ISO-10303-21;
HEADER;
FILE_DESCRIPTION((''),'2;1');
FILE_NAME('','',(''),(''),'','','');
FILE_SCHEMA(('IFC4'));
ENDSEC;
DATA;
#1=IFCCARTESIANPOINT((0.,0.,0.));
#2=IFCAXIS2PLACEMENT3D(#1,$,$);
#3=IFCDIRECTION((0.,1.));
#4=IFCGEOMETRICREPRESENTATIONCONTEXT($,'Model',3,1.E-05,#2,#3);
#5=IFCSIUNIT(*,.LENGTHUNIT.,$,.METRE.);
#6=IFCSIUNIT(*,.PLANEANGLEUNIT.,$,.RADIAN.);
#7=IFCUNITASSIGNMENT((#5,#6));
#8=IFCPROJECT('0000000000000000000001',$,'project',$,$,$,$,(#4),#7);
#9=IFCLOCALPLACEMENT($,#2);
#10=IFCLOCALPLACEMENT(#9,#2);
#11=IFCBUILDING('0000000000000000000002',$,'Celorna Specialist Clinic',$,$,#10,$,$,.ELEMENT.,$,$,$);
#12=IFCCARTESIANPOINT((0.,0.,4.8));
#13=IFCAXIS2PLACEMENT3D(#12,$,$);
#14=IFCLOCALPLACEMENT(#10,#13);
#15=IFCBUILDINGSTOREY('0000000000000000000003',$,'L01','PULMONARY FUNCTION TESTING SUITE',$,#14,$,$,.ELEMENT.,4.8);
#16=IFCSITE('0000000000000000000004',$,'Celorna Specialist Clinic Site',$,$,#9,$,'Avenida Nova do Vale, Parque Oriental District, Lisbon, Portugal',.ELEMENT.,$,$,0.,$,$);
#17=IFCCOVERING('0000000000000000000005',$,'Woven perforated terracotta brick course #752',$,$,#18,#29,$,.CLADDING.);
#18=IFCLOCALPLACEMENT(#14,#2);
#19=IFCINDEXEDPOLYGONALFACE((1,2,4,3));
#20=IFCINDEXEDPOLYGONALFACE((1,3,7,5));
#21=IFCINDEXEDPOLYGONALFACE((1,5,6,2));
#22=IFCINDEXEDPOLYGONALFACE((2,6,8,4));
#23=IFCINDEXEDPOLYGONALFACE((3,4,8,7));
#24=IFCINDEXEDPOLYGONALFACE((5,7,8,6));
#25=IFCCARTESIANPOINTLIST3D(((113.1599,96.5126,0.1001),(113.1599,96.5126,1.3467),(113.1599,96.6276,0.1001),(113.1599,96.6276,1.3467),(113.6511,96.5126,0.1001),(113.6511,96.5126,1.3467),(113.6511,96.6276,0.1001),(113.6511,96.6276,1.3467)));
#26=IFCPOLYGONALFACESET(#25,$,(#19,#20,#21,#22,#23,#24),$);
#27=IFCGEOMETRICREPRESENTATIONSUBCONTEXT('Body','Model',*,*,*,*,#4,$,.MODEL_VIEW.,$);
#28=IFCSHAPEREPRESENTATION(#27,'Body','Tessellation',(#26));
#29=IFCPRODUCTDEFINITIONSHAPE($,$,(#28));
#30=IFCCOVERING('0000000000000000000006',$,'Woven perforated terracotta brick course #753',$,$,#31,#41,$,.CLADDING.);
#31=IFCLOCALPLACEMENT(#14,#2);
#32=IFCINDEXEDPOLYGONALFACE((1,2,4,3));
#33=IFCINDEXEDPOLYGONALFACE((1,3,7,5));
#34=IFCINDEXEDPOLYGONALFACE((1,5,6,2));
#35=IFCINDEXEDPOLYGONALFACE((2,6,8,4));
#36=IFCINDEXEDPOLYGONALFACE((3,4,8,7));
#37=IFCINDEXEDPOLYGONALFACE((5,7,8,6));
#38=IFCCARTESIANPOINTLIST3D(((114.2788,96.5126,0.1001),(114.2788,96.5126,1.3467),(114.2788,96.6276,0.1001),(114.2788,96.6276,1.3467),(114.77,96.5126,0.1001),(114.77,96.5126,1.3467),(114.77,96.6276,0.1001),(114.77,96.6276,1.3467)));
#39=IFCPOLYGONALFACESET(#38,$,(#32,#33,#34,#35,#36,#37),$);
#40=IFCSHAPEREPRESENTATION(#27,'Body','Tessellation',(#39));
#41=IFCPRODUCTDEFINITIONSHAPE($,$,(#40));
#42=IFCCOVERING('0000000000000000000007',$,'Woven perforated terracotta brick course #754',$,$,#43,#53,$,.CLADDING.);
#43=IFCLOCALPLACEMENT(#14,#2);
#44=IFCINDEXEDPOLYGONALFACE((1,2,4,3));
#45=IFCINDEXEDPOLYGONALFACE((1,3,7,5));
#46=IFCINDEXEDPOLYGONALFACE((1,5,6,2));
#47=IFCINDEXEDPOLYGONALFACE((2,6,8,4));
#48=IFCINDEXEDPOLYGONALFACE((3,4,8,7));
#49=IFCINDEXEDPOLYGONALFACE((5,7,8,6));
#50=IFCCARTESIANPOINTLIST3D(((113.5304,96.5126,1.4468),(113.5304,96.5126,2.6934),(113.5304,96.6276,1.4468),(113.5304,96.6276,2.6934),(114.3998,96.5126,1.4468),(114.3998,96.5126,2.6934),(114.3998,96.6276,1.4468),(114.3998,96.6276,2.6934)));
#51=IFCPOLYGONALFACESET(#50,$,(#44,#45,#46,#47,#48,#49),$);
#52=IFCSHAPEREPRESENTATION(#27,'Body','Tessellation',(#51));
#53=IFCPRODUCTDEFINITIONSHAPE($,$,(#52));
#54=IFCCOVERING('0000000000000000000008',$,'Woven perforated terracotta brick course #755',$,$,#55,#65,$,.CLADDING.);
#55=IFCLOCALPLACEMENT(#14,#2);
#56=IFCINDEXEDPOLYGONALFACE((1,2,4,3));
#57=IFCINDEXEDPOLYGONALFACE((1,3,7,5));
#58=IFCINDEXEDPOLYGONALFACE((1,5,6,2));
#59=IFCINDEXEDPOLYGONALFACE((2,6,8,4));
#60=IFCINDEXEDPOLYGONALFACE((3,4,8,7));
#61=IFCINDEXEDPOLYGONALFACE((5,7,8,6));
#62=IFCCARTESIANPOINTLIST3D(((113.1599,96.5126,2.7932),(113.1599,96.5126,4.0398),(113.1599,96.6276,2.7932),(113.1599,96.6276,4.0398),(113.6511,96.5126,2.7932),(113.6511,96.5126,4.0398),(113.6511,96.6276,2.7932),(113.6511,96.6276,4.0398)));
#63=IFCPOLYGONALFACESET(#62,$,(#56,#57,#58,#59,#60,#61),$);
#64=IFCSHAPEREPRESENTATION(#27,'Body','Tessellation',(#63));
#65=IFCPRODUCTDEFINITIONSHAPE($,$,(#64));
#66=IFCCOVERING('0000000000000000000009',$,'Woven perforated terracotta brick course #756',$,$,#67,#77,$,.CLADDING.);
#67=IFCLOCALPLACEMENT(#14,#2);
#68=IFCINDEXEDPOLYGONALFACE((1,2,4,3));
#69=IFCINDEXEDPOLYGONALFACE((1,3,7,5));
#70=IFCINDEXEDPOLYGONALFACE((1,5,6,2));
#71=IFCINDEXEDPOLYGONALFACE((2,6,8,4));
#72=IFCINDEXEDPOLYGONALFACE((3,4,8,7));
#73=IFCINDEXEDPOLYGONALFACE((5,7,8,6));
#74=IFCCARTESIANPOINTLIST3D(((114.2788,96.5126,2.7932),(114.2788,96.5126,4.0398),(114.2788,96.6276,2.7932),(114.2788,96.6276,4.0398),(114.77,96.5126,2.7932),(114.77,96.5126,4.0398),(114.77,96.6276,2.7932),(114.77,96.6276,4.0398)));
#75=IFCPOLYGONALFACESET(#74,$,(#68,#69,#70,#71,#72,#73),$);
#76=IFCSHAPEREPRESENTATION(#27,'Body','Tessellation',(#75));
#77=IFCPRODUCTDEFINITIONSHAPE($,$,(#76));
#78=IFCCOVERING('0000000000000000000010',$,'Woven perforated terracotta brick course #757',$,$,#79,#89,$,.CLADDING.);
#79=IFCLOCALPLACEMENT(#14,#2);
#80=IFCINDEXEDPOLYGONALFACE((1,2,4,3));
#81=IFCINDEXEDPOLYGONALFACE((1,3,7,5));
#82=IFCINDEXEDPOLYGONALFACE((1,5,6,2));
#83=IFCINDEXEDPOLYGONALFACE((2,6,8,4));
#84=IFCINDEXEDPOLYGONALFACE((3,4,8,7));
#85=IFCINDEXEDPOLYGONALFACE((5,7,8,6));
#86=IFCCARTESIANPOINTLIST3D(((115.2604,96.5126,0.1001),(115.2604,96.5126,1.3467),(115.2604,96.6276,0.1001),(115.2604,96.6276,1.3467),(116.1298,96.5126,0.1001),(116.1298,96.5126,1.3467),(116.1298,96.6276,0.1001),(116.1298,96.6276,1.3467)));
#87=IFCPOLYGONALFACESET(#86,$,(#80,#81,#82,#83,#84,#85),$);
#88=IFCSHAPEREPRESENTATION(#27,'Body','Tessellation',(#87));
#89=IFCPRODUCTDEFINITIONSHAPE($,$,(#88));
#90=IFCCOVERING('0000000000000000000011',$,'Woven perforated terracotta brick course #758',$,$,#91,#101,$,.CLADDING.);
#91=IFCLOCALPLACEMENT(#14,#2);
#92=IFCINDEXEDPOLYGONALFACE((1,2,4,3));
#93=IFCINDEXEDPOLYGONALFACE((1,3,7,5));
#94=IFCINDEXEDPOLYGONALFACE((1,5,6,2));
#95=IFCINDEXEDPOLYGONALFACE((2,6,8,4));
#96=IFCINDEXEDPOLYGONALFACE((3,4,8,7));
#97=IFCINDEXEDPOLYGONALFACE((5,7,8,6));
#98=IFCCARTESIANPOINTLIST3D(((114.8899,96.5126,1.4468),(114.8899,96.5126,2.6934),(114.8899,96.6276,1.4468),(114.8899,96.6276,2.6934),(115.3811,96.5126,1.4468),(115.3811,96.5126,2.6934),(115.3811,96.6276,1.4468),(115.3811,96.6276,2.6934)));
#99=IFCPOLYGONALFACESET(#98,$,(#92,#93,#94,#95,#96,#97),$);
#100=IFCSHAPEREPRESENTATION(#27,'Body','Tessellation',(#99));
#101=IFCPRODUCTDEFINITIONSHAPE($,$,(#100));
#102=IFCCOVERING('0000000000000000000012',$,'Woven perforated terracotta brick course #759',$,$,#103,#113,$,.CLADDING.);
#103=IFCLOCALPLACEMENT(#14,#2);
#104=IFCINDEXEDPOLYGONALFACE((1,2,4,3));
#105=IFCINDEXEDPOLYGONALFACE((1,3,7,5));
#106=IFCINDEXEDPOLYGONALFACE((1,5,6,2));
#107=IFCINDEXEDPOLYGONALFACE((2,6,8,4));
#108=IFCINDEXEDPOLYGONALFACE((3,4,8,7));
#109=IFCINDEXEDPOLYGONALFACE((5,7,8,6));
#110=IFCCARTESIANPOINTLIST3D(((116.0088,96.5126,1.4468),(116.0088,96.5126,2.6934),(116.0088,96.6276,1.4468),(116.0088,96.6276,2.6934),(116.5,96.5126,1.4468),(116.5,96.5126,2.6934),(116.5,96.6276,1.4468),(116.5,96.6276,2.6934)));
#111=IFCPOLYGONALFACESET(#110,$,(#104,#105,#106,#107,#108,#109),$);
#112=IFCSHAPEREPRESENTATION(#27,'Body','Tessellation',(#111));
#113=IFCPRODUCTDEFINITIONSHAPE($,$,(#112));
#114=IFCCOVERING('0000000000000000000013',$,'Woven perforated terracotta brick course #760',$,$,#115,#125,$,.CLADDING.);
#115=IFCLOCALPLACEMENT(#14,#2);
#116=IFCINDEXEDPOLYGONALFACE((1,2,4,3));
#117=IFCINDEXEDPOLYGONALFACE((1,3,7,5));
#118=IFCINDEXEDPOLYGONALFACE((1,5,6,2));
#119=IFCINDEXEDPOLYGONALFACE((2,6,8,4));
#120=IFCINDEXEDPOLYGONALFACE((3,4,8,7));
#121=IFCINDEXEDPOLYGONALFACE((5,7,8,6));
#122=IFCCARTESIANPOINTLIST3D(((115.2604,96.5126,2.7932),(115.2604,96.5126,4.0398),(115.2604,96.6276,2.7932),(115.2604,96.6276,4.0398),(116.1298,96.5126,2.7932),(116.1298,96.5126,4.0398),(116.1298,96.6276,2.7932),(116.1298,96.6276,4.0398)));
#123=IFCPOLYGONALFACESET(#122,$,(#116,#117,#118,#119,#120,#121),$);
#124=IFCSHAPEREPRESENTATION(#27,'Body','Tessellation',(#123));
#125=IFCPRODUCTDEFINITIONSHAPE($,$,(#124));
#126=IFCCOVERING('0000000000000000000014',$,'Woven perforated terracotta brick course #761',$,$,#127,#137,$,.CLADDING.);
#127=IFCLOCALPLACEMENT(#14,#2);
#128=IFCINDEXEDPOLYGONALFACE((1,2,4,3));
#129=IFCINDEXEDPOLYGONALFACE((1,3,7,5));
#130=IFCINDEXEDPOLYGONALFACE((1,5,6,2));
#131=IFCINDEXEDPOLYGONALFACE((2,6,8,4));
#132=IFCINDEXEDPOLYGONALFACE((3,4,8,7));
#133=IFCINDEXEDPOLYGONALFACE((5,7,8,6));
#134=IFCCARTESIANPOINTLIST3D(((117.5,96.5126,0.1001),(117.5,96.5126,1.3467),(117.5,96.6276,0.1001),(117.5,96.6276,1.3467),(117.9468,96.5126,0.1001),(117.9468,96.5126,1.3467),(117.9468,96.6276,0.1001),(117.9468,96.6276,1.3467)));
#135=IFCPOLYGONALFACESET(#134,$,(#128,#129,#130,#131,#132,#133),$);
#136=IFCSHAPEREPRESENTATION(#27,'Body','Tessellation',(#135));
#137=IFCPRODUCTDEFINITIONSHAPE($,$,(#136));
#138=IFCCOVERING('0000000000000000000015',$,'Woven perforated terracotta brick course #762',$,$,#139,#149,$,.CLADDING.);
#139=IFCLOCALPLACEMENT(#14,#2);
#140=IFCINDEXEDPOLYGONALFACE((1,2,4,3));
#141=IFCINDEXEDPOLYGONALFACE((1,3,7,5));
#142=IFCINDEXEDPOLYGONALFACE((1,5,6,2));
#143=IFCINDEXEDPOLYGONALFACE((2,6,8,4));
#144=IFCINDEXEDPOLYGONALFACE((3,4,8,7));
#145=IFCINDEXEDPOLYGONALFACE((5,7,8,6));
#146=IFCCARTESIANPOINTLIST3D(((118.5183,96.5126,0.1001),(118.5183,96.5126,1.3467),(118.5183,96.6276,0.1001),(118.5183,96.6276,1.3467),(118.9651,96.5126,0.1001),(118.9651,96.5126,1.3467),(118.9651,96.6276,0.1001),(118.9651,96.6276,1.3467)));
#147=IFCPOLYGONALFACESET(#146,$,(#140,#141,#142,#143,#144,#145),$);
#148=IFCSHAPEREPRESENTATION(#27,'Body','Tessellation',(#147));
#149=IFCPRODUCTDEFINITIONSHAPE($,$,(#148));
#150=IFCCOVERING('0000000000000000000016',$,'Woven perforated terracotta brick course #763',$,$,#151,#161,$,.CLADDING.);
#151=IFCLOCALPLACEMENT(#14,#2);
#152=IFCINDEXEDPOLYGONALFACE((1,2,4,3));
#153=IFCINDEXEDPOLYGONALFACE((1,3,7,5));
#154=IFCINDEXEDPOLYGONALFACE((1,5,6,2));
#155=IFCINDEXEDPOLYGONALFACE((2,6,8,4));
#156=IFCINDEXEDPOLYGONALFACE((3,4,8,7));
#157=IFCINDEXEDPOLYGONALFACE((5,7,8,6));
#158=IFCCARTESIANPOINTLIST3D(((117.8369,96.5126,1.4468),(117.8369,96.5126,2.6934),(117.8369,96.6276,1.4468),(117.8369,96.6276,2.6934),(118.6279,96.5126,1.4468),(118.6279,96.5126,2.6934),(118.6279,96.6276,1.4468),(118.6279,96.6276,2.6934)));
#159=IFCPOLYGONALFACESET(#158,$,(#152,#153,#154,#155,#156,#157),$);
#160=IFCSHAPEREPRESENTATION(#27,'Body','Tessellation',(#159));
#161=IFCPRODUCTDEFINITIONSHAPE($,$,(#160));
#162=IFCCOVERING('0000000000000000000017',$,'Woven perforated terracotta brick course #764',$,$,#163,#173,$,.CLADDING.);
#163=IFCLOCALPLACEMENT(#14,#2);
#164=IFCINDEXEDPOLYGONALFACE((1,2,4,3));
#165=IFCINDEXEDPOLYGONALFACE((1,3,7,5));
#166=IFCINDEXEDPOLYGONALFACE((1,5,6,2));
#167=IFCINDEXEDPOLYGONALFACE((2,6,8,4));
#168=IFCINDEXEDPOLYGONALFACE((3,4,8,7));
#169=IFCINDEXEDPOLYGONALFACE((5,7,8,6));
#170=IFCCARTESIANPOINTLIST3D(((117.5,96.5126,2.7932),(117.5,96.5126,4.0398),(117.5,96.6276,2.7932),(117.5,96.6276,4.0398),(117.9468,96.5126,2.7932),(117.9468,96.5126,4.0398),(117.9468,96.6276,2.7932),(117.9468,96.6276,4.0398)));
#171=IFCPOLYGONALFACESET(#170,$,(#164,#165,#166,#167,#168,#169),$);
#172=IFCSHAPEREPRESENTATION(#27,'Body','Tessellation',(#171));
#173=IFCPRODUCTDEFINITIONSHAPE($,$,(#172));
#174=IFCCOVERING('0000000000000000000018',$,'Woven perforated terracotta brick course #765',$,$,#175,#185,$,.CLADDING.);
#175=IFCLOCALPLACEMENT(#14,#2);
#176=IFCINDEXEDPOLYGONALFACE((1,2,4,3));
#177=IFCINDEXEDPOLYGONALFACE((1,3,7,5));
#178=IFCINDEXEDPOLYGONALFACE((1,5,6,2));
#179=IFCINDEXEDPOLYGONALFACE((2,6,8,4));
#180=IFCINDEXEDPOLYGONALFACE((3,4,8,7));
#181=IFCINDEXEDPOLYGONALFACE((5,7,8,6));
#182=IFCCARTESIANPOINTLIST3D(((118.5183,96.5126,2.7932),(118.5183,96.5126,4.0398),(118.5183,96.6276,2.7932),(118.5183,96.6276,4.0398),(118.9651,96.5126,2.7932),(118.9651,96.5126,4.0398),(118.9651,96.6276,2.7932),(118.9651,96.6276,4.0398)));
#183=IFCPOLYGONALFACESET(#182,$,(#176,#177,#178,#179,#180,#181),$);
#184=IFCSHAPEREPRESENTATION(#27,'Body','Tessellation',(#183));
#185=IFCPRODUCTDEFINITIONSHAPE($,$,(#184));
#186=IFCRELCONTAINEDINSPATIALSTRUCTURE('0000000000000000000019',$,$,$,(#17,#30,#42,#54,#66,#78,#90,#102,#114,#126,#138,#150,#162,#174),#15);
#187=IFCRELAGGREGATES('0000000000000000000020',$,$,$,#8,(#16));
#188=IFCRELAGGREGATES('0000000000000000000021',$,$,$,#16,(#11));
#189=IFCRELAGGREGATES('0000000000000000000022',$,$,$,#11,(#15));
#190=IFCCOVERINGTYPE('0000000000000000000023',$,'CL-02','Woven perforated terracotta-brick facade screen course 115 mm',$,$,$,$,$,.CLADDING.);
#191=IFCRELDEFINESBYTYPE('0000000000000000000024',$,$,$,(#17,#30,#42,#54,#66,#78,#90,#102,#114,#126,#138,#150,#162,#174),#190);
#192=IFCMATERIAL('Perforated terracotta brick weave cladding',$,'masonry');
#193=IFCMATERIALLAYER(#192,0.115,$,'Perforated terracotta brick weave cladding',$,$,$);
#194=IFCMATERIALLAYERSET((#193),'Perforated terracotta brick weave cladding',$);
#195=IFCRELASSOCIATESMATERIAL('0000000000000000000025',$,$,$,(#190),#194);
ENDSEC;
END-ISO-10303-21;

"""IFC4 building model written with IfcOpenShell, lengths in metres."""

from ifc_helpers import new_model, si_unit, direction, frame, origin, origin_2d, place, context, subcontext, project, spatial, rectangle, extrude, material, layer, layer_set, type_object, element, save


model = new_model("IFC4")

# Units and contexts
model_context = context("Model", 3, precision=1e-05, world=origin(), true_north=direction((0.0, 1.0)))
body_context = subcontext(model_context, "Body", "Model", "MODEL_VIEW")
ifc_project = project(units=[si_unit("LENGTHUNIT", "METRE"), si_unit("PLANEANGLEUNIT", "RADIAN")], contexts=[model_context])

# Site, building, storey
site_placement = place(None, origin())
site = spatial("IfcSite", under=ifc_project, at=site_placement, Name="Celorna Specialist Clinic Site", LongName="Avenida Nova do Vale, Parque Oriental District, Lisbon, Portugal", CompositionType="ELEMENT", RefElevation=0.0)
building_placement = place(site_placement, origin())
building = spatial("IfcBuilding", under=site, at=building_placement, Name="Celorna Specialist Clinic", CompositionType="ELEMENT")
storey_placement = place(building_placement, frame((0.0, 0.0, 4.8)))
storey = spatial("IfcBuildingStorey", under=building, at=storey_placement, Name="L01", Description="PULMONARY FUNCTION TESTING SUITE", CompositionType="ELEMENT", Elevation=4.8)

# Coverings
ifc_material_1 = material(Name="Perforated terracotta brick weave cladding", Category="masonry")
ifc_layer_1 = layer(ifc_material_1, 0.115, Name="Perforated terracotta brick weave cladding")
ifc_layer_set_1 = layer_set([ifc_layer_1], Name="Perforated terracotta brick weave cladding")
covering_type = type_object("IfcCoveringType", Name="CL-02", Description="Woven perforated terracotta-brick facade screen course 115 mm", PredefinedType="CLADDING", material=ifc_layer_set_1)
for number, where, z_axis, x_axis, name in (
    (1, (113.4055, 96.5701, 0.1001), (0.0, 0.0, 1.0), (1.0, 0.0, 0.0), "Woven perforated terracotta brick course #752"),
    (2, (114.5244, 96.5701, 0.1001), (0.0, 0.0, 1.0), (1.0, 0.0, 0.0), "Woven perforated terracotta brick course #753"),
):
    element("IfcCovering", number, at=place(storey_placement, frame(where, z_axis=z_axis, x_axis=x_axis)), inside=storey, type_object=covering_type, Name=name, PredefinedType="CLADDING", context=body_context, shape_type="SweptSolid", body=[
        extrude(rectangle(XDim=0.4912, YDim=0.115, at=origin_2d()), origin(), (0.0, 0.0, 1.0), 1.2466),
    ])
covering_1_placement = place(storey_placement, frame((113.9651, 96.5701, 1.4468), z_axis=(0.0, 0.0, 1.0), x_axis=(1.0, 0.0, 0.0)))
element("IfcCovering", 3, at=covering_1_placement, inside=storey, type_object=covering_type, Name="Woven perforated terracotta brick course #754", PredefinedType="CLADDING", context=body_context, shape_type="SweptSolid", body=[
    extrude(rectangle(XDim=0.8694, YDim=0.115, at=origin_2d()), origin(), (0.0, 0.0, 1.0), 1.2466),
])
for number, where, z_axis, x_axis, name in (
    (4, (113.4055, 96.5701, 2.7932), (0.0, 0.0, 1.0), (1.0, 0.0, 0.0), "Woven perforated terracotta brick course #755"),
    (5, (114.5244, 96.5701, 2.7932), (0.0, 0.0, 1.0), (1.0, 0.0, 0.0), "Woven perforated terracotta brick course #756"),
):
    element("IfcCovering", number, at=place(storey_placement, frame(where, z_axis=z_axis, x_axis=x_axis)), inside=storey, type_object=covering_type, Name=name, PredefinedType="CLADDING", context=body_context, shape_type="SweptSolid", body=[
        extrude(rectangle(XDim=0.4912, YDim=0.115, at=origin_2d()), origin(), (0.0, 0.0, 1.0), 1.2466),
    ])
covering_2_placement = place(storey_placement, frame((115.6951, 96.5701, 0.1001), z_axis=(0.0, 0.0, 1.0), x_axis=(1.0, 0.0, 0.0)))
element("IfcCovering", 6, at=covering_2_placement, inside=storey, type_object=covering_type, Name="Woven perforated terracotta brick course #757", PredefinedType="CLADDING", context=body_context, shape_type="SweptSolid", body=[
    extrude(rectangle(XDim=0.8694, YDim=0.115, at=origin_2d()), origin(), (0.0, 0.0, 1.0), 1.2466),
])
for number, where, z_axis, x_axis, name in (
    (7, (115.1355, 96.5701, 1.4468), (0.0, 0.0, 1.0), (1.0, 0.0, 0.0), "Woven perforated terracotta brick course #758"),
    (8, (116.2544, 96.5701, 1.4468), (0.0, 0.0, 1.0), (1.0, 0.0, 0.0), "Woven perforated terracotta brick course #759"),
):
    element("IfcCovering", number, at=place(storey_placement, frame(where, z_axis=z_axis, x_axis=x_axis)), inside=storey, type_object=covering_type, Name=name, PredefinedType="CLADDING", context=body_context, shape_type="SweptSolid", body=[
        extrude(rectangle(XDim=0.4912, YDim=0.115, at=origin_2d()), origin(), (0.0, 0.0, 1.0), 1.2466),
    ])
covering_3_placement = place(storey_placement, frame((115.6951, 96.5701, 2.7932), z_axis=(0.0, 0.0, 1.0), x_axis=(1.0, 0.0, 0.0)))
element("IfcCovering", 9, at=covering_3_placement, inside=storey, type_object=covering_type, Name="Woven perforated terracotta brick course #760", PredefinedType="CLADDING", context=body_context, shape_type="SweptSolid", body=[
    extrude(rectangle(XDim=0.8694, YDim=0.115, at=origin_2d()), origin(), (0.0, 0.0, 1.0), 1.2466),
])
for number, where, z_axis, x_axis, name in (
    (10, (117.7234, 96.5701, 0.1001), (0.0, 0.0, 1.0), (1.0, 0.0, 0.0), "Woven perforated terracotta brick course #761"),
    (11, (118.7417, 96.5701, 0.1001), (0.0, 0.0, 1.0), (1.0, 0.0, 0.0), "Woven perforated terracotta brick course #762"),
):
    element("IfcCovering", number, at=place(storey_placement, frame(where, z_axis=z_axis, x_axis=x_axis)), inside=storey, type_object=covering_type, Name=name, PredefinedType="CLADDING", context=body_context, shape_type="SweptSolid", body=[
        extrude(rectangle(XDim=0.4468, YDim=0.115, at=origin_2d()), origin(), (0.0, 0.0, 1.0), 1.2466),
    ])
covering_4_placement = place(storey_placement, frame((118.2324, 96.5701, 1.4468), z_axis=(0.0, 0.0, 1.0), x_axis=(1.0, 0.0, 0.0)))
element("IfcCovering", 12, at=covering_4_placement, inside=storey, type_object=covering_type, Name="Woven perforated terracotta brick course #763", PredefinedType="CLADDING", context=body_context, shape_type="SweptSolid", body=[
    extrude(rectangle(XDim=0.791, YDim=0.115, at=origin_2d()), origin(), (0.0, 0.0, 1.0), 1.2466),
])
for number, where, z_axis, x_axis, name in (
    (13, (117.7234, 96.5701, 2.7932), (0.0, 0.0, 1.0), (1.0, 0.0, 0.0), "Woven perforated terracotta brick course #764"),
    (14, (118.7417, 96.5701, 2.7932), (0.0, 0.0, 1.0), (1.0, 0.0, 0.0), "Woven perforated terracotta brick course #765"),
):
    element("IfcCovering", number, at=place(storey_placement, frame(where, z_axis=z_axis, x_axis=x_axis)), inside=storey, type_object=covering_type, Name=name, PredefinedType="CLADDING", context=body_context, shape_type="SweptSolid", body=[
        extrude(rectangle(XDim=0.4468, YDim=0.115, at=origin_2d()), origin(), (0.0, 0.0, 1.0), 1.2466),
    ])

save(model, "model.ifc")
